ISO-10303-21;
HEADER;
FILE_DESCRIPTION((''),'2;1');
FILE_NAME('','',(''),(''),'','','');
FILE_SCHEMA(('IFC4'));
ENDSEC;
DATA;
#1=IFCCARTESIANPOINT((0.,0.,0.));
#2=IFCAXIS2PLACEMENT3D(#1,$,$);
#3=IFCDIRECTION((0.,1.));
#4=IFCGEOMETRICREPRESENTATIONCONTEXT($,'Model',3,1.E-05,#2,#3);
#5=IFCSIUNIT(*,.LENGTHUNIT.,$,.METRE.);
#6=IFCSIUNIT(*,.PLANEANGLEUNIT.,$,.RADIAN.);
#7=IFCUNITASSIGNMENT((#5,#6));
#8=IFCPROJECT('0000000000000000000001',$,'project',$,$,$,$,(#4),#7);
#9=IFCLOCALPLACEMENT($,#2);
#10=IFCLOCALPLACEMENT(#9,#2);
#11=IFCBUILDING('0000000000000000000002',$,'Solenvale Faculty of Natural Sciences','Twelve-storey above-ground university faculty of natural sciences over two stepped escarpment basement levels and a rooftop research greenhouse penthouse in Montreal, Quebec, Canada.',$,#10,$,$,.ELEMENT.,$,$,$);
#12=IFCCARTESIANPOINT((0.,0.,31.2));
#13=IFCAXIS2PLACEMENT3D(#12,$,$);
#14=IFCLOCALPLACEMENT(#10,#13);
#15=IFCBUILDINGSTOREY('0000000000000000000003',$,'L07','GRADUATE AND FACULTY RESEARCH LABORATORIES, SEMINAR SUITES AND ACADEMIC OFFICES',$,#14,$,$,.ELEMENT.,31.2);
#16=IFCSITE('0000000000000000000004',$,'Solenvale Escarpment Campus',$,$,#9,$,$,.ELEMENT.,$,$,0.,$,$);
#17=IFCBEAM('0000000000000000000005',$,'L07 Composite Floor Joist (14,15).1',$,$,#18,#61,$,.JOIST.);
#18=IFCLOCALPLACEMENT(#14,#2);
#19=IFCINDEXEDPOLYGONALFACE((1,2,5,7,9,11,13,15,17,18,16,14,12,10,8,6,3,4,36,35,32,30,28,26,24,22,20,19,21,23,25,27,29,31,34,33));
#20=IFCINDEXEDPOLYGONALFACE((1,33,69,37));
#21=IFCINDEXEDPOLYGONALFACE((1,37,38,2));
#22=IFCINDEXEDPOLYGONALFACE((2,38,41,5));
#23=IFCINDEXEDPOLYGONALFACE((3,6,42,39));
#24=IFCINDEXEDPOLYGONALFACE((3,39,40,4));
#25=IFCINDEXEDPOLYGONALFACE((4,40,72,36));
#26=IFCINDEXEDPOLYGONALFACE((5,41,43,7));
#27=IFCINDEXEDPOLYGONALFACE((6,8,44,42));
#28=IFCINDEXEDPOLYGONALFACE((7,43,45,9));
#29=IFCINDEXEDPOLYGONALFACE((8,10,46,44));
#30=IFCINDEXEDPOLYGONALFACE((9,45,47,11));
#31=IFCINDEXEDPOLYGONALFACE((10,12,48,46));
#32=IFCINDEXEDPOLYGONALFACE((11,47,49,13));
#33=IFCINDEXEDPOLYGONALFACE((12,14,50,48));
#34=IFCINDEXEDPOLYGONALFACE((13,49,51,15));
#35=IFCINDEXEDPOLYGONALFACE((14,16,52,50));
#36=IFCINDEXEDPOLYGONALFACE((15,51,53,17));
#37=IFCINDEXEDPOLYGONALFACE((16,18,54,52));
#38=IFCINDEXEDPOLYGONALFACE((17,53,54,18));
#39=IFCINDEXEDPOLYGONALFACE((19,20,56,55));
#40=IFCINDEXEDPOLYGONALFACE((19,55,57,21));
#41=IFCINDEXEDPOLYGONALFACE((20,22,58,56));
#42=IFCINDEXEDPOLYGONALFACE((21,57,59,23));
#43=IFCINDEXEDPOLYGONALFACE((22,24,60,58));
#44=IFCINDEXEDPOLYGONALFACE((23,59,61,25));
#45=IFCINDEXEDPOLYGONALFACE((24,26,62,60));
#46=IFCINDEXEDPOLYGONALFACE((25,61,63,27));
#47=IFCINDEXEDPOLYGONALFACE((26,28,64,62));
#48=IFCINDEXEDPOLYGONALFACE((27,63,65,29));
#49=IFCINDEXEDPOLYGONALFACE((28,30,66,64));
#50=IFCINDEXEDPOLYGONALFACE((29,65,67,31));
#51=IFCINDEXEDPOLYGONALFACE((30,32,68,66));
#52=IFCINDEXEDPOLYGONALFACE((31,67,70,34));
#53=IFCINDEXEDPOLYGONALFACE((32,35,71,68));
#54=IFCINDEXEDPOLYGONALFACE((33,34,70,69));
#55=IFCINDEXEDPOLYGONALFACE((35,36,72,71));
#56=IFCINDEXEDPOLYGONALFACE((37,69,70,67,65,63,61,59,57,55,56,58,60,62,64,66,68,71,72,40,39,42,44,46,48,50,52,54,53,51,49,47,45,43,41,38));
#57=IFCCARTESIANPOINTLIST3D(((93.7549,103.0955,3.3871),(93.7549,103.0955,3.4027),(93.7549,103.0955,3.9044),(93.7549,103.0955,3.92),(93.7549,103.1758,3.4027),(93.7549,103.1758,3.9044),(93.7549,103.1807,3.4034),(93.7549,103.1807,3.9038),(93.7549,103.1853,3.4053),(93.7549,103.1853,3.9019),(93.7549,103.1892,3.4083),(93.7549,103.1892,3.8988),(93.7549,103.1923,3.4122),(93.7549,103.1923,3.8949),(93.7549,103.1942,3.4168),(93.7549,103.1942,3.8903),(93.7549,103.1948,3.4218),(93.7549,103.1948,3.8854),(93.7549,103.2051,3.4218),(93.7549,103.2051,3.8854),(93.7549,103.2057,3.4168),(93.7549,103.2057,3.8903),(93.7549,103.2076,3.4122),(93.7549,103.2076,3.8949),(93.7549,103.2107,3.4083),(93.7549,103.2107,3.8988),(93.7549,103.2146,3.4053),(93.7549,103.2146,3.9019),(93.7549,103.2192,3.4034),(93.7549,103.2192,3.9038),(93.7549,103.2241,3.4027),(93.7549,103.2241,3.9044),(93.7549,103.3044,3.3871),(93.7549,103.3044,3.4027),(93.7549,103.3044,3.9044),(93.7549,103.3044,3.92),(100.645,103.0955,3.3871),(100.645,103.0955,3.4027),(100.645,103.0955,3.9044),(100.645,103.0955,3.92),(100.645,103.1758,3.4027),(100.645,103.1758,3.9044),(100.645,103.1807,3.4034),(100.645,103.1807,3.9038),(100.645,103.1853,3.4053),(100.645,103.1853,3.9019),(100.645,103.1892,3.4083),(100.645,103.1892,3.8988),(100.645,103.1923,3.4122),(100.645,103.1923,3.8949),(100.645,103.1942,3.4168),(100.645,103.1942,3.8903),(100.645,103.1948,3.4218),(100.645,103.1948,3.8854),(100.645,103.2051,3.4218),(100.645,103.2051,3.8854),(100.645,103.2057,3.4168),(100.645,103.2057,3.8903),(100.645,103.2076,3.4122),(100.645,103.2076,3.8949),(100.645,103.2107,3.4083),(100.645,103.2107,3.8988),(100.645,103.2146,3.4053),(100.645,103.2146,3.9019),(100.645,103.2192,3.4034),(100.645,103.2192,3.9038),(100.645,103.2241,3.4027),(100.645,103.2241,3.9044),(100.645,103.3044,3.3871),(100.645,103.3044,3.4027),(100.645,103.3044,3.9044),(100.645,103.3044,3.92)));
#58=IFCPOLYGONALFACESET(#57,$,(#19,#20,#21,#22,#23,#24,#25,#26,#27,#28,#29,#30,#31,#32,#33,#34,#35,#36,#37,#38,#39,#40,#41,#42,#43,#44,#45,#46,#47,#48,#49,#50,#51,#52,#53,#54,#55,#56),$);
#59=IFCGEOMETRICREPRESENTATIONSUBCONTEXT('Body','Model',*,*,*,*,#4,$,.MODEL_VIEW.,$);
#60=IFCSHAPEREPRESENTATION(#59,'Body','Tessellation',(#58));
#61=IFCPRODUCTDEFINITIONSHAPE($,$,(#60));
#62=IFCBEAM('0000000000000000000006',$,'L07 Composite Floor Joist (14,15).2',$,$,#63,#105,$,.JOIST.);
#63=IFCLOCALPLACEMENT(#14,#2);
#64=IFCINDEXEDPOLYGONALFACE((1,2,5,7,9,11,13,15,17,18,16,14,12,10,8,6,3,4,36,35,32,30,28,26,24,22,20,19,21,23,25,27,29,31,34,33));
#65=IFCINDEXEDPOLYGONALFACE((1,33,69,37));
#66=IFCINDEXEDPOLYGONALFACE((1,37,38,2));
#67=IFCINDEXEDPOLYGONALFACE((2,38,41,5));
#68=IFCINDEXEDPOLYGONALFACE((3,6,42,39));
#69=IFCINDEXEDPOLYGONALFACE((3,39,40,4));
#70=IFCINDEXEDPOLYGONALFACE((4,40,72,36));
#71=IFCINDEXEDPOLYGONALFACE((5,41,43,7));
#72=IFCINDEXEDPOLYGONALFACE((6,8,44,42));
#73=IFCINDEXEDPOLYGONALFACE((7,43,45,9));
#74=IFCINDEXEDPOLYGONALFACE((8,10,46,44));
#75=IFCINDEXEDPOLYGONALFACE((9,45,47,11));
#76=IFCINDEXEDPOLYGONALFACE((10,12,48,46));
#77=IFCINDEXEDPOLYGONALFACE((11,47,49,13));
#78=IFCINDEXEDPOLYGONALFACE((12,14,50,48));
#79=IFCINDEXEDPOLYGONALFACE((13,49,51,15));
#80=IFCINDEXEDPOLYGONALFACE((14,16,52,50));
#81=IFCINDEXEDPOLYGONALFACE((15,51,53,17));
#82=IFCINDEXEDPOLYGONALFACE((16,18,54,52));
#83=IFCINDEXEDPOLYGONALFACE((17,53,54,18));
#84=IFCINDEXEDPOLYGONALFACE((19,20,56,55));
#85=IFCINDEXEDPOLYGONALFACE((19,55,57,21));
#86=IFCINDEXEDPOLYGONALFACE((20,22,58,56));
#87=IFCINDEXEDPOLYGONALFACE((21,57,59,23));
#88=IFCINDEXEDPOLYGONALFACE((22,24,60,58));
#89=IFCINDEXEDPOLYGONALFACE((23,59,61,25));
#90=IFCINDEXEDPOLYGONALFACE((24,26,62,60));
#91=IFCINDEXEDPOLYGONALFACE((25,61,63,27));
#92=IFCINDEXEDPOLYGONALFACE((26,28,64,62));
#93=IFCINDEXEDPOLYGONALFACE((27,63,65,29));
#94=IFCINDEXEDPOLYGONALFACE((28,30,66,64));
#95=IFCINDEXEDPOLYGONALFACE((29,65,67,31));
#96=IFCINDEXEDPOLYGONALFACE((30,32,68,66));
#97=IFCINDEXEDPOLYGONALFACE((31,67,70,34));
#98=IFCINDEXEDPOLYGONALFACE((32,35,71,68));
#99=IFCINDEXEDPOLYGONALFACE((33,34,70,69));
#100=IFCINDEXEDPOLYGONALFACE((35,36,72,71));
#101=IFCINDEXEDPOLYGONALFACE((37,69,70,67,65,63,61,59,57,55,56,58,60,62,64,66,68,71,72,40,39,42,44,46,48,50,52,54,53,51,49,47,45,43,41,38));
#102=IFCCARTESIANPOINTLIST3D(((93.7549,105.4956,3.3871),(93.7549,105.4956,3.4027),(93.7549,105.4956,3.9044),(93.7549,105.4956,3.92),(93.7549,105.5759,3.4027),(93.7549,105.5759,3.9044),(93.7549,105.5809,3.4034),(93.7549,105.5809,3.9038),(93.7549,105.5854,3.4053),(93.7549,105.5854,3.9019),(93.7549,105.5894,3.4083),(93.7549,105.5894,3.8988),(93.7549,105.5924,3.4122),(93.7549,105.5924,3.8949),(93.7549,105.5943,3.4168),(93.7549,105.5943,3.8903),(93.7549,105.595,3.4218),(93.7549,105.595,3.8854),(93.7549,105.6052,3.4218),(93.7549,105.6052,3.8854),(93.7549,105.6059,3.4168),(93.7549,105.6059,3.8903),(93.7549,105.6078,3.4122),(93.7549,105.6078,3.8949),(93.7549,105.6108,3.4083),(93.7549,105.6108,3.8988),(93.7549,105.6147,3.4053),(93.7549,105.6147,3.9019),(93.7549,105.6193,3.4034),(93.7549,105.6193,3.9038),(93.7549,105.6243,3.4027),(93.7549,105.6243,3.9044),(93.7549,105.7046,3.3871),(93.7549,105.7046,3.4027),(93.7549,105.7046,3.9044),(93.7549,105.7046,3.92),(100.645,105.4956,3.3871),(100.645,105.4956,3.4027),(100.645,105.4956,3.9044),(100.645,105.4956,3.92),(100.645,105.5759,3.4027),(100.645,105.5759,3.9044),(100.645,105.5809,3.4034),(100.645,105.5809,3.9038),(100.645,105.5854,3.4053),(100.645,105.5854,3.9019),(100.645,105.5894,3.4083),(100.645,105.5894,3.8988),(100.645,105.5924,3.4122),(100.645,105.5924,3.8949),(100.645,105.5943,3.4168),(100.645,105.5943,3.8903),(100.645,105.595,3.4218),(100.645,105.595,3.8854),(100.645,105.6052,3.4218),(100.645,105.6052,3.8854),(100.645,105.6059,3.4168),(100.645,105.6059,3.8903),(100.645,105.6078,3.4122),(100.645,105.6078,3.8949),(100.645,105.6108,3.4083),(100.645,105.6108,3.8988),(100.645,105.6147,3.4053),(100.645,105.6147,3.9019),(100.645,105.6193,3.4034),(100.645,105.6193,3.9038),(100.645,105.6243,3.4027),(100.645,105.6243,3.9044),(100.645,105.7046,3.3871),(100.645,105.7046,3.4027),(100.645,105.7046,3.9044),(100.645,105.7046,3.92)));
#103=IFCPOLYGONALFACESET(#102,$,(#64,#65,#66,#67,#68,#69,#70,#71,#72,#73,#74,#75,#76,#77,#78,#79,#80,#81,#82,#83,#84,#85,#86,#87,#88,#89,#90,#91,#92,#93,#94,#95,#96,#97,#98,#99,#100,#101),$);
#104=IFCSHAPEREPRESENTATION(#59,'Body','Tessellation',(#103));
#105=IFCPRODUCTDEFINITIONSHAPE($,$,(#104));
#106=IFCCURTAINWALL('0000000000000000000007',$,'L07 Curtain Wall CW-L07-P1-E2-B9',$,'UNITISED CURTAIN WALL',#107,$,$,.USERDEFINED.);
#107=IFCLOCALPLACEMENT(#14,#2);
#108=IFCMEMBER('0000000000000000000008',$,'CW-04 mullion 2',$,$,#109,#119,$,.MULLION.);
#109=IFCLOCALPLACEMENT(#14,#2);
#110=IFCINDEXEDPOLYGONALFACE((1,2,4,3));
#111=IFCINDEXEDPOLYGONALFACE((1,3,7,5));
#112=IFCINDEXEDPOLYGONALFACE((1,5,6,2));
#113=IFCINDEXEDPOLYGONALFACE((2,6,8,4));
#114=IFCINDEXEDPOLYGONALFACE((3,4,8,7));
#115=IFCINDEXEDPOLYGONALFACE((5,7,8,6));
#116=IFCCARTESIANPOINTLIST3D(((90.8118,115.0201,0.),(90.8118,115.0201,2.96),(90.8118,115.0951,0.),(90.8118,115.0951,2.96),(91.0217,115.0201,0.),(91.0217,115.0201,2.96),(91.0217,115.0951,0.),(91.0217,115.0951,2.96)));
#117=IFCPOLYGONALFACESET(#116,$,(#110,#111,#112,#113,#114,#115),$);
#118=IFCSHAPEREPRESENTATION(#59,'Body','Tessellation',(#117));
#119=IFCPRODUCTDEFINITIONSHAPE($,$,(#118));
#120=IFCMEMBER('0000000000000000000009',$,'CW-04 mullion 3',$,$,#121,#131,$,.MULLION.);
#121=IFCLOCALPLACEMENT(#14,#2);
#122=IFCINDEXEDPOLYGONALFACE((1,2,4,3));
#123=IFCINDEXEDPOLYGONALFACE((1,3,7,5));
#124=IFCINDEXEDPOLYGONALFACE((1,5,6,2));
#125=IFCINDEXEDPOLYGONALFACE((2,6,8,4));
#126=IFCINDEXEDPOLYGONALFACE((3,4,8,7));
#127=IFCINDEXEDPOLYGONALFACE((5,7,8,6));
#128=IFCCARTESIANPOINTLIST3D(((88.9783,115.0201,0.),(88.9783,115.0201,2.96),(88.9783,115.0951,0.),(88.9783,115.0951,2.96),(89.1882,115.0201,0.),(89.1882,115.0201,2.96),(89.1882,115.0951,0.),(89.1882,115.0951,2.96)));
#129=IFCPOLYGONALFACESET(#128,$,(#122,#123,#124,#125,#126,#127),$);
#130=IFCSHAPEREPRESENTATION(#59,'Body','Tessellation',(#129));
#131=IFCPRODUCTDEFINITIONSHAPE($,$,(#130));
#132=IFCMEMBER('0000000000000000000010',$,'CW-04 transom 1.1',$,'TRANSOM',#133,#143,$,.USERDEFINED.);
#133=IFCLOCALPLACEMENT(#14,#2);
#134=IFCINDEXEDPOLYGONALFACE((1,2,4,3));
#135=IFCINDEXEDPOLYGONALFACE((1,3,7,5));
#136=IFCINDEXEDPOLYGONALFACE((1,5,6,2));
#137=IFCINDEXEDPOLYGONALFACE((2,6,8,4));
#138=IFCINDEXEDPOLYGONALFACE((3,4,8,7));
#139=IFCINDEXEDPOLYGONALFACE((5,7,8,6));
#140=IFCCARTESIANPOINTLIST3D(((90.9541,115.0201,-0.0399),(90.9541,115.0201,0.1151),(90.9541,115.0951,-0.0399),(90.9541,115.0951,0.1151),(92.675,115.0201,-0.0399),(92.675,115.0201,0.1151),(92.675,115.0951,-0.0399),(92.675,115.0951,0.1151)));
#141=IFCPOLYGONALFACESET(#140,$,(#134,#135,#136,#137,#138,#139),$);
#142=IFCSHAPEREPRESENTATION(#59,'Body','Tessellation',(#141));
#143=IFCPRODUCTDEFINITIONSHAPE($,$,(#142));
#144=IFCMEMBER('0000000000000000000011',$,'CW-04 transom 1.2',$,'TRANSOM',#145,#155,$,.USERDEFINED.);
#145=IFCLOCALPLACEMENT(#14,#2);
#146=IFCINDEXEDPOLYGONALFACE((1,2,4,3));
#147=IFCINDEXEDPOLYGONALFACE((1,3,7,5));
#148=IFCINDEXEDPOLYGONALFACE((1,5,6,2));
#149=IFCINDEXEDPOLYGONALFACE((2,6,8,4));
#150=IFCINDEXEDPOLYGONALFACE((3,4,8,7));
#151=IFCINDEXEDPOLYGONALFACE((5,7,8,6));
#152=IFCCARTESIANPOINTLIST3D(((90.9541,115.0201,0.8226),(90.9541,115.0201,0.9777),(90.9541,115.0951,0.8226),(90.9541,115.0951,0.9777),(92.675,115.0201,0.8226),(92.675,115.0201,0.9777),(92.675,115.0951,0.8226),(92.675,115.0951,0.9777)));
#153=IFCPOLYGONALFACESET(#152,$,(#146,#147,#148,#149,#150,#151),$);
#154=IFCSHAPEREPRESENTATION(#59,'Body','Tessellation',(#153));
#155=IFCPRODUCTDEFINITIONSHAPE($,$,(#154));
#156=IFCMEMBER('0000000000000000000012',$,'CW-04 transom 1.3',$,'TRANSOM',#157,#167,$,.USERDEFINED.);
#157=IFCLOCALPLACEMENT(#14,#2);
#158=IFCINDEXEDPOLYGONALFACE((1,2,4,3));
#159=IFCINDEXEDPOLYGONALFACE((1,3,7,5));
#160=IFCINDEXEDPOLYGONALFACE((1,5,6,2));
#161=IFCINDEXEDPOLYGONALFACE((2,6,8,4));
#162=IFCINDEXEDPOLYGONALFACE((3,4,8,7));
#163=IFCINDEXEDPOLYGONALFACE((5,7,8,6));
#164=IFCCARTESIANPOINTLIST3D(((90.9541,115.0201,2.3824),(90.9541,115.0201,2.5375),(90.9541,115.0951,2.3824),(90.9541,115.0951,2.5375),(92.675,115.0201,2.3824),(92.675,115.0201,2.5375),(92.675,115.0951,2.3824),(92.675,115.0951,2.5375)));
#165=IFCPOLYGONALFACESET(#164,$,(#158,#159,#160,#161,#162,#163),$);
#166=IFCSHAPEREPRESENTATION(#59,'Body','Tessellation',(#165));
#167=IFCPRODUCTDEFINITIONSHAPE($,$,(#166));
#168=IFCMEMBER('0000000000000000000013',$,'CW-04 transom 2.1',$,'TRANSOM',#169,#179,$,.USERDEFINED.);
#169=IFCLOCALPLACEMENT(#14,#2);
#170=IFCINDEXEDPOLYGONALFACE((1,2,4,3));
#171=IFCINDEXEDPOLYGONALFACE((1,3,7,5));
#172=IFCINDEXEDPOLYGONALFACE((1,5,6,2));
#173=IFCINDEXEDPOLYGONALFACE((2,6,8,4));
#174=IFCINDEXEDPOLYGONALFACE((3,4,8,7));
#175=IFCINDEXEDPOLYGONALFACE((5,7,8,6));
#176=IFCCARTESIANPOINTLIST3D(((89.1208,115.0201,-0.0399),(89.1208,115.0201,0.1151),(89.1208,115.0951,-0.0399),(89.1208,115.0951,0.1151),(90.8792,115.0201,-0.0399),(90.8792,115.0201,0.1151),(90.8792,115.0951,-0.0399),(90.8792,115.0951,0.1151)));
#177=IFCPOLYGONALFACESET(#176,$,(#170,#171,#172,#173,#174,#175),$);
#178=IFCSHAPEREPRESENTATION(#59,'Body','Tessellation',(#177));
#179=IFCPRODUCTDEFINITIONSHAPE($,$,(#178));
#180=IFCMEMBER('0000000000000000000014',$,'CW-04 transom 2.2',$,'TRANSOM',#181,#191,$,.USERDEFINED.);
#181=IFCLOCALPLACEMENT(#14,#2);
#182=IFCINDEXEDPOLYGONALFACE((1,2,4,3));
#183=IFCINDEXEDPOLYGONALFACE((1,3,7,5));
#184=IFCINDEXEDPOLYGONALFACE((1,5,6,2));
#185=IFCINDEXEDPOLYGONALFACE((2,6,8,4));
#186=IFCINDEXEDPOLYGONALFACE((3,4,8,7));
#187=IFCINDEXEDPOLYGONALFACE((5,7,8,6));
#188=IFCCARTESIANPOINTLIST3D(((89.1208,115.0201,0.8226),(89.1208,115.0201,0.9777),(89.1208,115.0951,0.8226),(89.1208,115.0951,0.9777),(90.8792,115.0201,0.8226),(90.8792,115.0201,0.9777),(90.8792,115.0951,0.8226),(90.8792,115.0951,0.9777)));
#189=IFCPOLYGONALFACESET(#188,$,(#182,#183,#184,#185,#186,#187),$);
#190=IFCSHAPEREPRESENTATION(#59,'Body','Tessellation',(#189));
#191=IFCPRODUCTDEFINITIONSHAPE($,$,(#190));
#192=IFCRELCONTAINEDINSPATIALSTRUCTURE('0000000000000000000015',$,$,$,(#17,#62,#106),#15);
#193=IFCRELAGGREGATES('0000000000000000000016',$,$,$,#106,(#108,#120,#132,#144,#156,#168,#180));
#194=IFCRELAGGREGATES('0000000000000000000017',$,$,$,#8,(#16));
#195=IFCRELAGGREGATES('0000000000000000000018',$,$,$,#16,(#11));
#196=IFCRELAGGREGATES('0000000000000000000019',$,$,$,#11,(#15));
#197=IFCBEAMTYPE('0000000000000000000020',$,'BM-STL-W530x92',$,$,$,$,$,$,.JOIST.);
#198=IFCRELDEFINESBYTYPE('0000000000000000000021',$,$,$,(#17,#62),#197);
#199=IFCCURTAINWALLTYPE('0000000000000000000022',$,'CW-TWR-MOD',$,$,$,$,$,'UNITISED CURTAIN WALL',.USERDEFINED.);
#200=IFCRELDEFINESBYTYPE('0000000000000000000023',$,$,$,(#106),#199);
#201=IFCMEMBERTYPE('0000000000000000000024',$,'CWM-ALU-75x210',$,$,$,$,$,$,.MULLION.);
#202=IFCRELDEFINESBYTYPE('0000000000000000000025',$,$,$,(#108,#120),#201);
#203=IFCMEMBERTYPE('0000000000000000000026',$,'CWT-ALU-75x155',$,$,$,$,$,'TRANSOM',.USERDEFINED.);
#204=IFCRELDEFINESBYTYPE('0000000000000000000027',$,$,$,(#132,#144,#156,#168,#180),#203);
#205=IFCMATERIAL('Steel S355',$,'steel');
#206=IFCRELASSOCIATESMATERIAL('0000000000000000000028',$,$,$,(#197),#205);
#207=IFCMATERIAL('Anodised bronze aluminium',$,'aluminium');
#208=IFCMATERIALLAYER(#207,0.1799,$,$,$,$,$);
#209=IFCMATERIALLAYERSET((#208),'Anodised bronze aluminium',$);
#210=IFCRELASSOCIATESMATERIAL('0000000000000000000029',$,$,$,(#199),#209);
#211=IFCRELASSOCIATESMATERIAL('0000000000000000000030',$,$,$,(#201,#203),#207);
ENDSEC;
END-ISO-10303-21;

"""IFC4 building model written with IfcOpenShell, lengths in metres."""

from ifc_helpers import new_model, si_unit, direction, frame, origin, origin_2d, place, context, subcontext, project, spatial, rectangle, i_section, extrude, material, layer, layer_set, material_profile, profile_set, type_object, element, aggregate, save


model = new_model("IFC4")

# Units and contexts
model_context = context("Model", 3, precision=1e-05, world=origin(), true_north=direction((0.0, 1.0)))
body_context = subcontext(model_context, "Body", "Model", "MODEL_VIEW")
ifc_project = project(units=[si_unit("LENGTHUNIT", "METRE"), si_unit("PLANEANGLEUNIT", "RADIAN")], contexts=[model_context])

# Site, building, storey
site_placement = place(None, origin())
site = spatial("IfcSite", under=ifc_project, at=site_placement, Name="Solenvale Escarpment Campus", CompositionType="ELEMENT", RefElevation=0.0)
building_placement = place(site_placement, origin())
building = spatial("IfcBuilding", under=site, at=building_placement, Name="Solenvale Faculty of Natural Sciences", Description="Twelve-storey above-ground university faculty of natural sciences over two stepped escarpment basement levels and a rooftop research greenhouse penthouse in Montreal, Quebec, Canada.", CompositionType="ELEMENT")
storey_placement = place(building_placement, frame((0.0, 0.0, 31.2)))
storey = spatial("IfcBuildingStorey", under=building, at=storey_placement, Name="L07", Description="GRADUATE AND FACULTY RESEARCH LABORATORIES, SEMINAR SUITES AND ACADEMIC OFFICES", CompositionType="ELEMENT", Elevation=31.2)

# Beams
ifc_material_1 = material(Name="Steel S355", Category="steel")
ifc_material_profile_1 = material_profile(ifc_material_1, i_section(OverallWidth=0.209, OverallDepth=0.533, WebThickness=0.0103, FlangeThickness=0.0156, FilletRadius=0.019, at=origin_2d()), Name="W530x92")
ifc_profile_set_1 = profile_set([ifc_material_profile_1], Name="Steel S355")
beam_type_1 = type_object("IfcBeamType", Name="BM-STL-W530x92", PredefinedType="JOIST", material=ifc_profile_set_1)
for number, where, z_axis, x_axis, name in (
    (1, (93.7549, 103.2, 3.6536), (1.0, 0.0, 0.0), (0.0, 1.0, 0.0), "L07 Composite Floor Joist (14,15).1"),
    (2, (93.7549, 105.6001, 3.6536), (1.0, 0.0, 0.0), (0.0, 1.0, 0.0), "L07 Composite Floor Joist (14,15).2"),
):
    element("IfcBeam", number, at=place(storey_placement, frame(where, z_axis=z_axis, x_axis=x_axis)), inside=storey, type_object=beam_type_1, Name=name, PredefinedType="JOIST", context=body_context, shape_type="SweptSolid", body=[
        extrude(i_section(OverallWidth=0.209, OverallDepth=0.533, WebThickness=0.0103, FlangeThickness=0.0156, FilletRadius=0.019, at=origin_2d()), origin(), (0.0, 0.0, 1.0), 6.8901),
    ])

# Curtain wall, members
ifc_material_2 = material(Name="Anodised bronze aluminium", Category="aluminium")
ifc_layer_1 = layer(ifc_material_2, 0.1799)
ifc_layer_set_1 = layer_set([ifc_layer_1], Name="Anodised bronze aluminium")
curtain_wall_type = type_object("IfcCurtainWallType", Name="CW-TWR-MOD", ElementType="UNITISED CURTAIN WALL", PredefinedType="USERDEFINED", material=ifc_layer_set_1)
curtain_wall_placement = place(storey_placement, origin())
curtain_wall = element("IfcCurtainWall", 3, at=curtain_wall_placement, inside=storey, type_object=curtain_wall_type, Name="L07 Curtain Wall CW-L07-P1-E2-B9", ObjectType="UNITISED CURTAIN WALL", PredefinedType="USERDEFINED")
ifc_material_profile_2 = material_profile(ifc_material_2, rectangle(XDim=0.075, YDim=0.21, at=origin_2d()), Name="ALU-MUL-75x210")
ifc_profile_set_2 = profile_set([ifc_material_profile_2], Name="Anodised bronze aluminium")
member_type_1 = type_object("IfcMemberType", Name="CWM-ALU-75x210", PredefinedType="MULLION", material=ifc_profile_set_2)
member_1_placement = place(storey_placement, frame((90.9167, 115.0576, 0.0), z_axis=(0.0, 0.0, 1.0), x_axis=(0.0, -1.0, 0.0)))
member_1 = element("IfcMember", 4, at=member_1_placement, type_object=member_type_1, Name="CW-04 mullion 2", PredefinedType="MULLION", context=body_context, shape_type="SweptSolid", body=[
    extrude(rectangle(XDim=0.075, YDim=0.21, at=origin_2d()), origin(), (0.0, 0.0, 1.0), 2.96),
])
member_2_placement = place(storey_placement, frame((89.0833, 115.0576, 0.0), z_axis=(0.0, 0.0, 1.0), x_axis=(0.0, -1.0, 0.0)))
member_2 = element("IfcMember", 5, at=member_2_placement, type_object=member_type_1, Name="CW-04 mullion 3", PredefinedType="MULLION", context=body_context, shape_type="SweptSolid", body=[
    extrude(rectangle(XDim=0.075, YDim=0.21, at=origin_2d()), origin(), (0.0, 0.0, 1.0), 2.96),
])
ifc_material_profile_3 = material_profile(ifc_material_2, rectangle(XDim=0.075, YDim=0.155, at=origin_2d()), Name="ALU-TRN-75x155")
ifc_profile_set_3 = profile_set([ifc_material_profile_3], Name="Anodised bronze aluminium")
member_type_2 = type_object("IfcMemberType", Name="CWT-ALU-75x155", ElementType="TRANSOM", PredefinedType="USERDEFINED", material=ifc_profile_set_3)
member_3_placement = place(storey_placement, frame((92.675, 115.0576, 0.0376), z_axis=(-1.0, 0.0, 0.0), x_axis=(0.0, -1.0, 0.0)))
member_3 = element("IfcMember", 6, at=member_3_placement, type_object=member_type_2, Name="CW-04 transom 1.1", ObjectType="TRANSOM", PredefinedType="USERDEFINED", context=body_context, shape_type="SweptSolid", body=[
    extrude(rectangle(XDim=0.075, YDim=0.155, at=origin_2d()), origin(), (0.0, 0.0, 1.0), 1.7209),
])
member_4_placement = place(storey_placement, frame((92.675, 115.0576, 0.9001), z_axis=(-1.0, 0.0, 0.0), x_axis=(0.0, -1.0, 0.0)))
member_4 = element("IfcMember", 7, at=member_4_placement, type_object=member_type_2, Name="CW-04 transom 1.2", ObjectType="TRANSOM", PredefinedType="USERDEFINED", context=body_context, shape_type="SweptSolid", body=[
    extrude(rectangle(XDim=0.075, YDim=0.155, at=origin_2d()), origin(), (0.0, 0.0, 1.0), 1.7209),
])
member_5_placement = place(storey_placement, frame((92.675, 115.0576, 2.46), z_axis=(-1.0, 0.0, 0.0), x_axis=(0.0, -1.0, 0.0)))
member_5 = element("IfcMember", 8, at=member_5_placement, type_object=member_type_2, Name="CW-04 transom 1.3", ObjectType="TRANSOM", PredefinedType="USERDEFINED", context=body_context, shape_type="SweptSolid", body=[
    extrude(rectangle(XDim=0.075, YDim=0.155, at=origin_2d()), origin(), (0.0, 0.0, 1.0), 1.7209),
])
member_6_placement = place(storey_placement, frame((90.8792, 115.0576, 0.0376), z_axis=(-1.0, 0.0, 0.0), x_axis=(0.0, -1.0, 0.0)))
member_6 = element("IfcMember", 9, at=member_6_placement, type_object=member_type_2, Name="CW-04 transom 2.1", ObjectType="TRANSOM", PredefinedType="USERDEFINED", context=body_context, shape_type="SweptSolid", body=[
    extrude(rectangle(XDim=0.075, YDim=0.155, at=origin_2d()), origin(), (0.0, 0.0, 1.0), 1.7583),
])
member_7_placement = place(storey_placement, frame((90.8792, 115.0576, 0.9001), z_axis=(-1.0, 0.0, 0.0), x_axis=(0.0, -1.0, 0.0)))
member_7 = element("IfcMember", 10, at=member_7_placement, type_object=member_type_2, Name="CW-04 transom 2.2", ObjectType="TRANSOM", PredefinedType="USERDEFINED", context=body_context, shape_type="SweptSolid", body=[
    extrude(rectangle(XDim=0.075, YDim=0.155, at=origin_2d()), origin(), (0.0, 0.0, 1.0), 1.7583),
])
aggregate(curtain_wall, [member_1, member_2, member_3, member_4, member_5, member_6, member_7])

save(model, "model.ifc")
